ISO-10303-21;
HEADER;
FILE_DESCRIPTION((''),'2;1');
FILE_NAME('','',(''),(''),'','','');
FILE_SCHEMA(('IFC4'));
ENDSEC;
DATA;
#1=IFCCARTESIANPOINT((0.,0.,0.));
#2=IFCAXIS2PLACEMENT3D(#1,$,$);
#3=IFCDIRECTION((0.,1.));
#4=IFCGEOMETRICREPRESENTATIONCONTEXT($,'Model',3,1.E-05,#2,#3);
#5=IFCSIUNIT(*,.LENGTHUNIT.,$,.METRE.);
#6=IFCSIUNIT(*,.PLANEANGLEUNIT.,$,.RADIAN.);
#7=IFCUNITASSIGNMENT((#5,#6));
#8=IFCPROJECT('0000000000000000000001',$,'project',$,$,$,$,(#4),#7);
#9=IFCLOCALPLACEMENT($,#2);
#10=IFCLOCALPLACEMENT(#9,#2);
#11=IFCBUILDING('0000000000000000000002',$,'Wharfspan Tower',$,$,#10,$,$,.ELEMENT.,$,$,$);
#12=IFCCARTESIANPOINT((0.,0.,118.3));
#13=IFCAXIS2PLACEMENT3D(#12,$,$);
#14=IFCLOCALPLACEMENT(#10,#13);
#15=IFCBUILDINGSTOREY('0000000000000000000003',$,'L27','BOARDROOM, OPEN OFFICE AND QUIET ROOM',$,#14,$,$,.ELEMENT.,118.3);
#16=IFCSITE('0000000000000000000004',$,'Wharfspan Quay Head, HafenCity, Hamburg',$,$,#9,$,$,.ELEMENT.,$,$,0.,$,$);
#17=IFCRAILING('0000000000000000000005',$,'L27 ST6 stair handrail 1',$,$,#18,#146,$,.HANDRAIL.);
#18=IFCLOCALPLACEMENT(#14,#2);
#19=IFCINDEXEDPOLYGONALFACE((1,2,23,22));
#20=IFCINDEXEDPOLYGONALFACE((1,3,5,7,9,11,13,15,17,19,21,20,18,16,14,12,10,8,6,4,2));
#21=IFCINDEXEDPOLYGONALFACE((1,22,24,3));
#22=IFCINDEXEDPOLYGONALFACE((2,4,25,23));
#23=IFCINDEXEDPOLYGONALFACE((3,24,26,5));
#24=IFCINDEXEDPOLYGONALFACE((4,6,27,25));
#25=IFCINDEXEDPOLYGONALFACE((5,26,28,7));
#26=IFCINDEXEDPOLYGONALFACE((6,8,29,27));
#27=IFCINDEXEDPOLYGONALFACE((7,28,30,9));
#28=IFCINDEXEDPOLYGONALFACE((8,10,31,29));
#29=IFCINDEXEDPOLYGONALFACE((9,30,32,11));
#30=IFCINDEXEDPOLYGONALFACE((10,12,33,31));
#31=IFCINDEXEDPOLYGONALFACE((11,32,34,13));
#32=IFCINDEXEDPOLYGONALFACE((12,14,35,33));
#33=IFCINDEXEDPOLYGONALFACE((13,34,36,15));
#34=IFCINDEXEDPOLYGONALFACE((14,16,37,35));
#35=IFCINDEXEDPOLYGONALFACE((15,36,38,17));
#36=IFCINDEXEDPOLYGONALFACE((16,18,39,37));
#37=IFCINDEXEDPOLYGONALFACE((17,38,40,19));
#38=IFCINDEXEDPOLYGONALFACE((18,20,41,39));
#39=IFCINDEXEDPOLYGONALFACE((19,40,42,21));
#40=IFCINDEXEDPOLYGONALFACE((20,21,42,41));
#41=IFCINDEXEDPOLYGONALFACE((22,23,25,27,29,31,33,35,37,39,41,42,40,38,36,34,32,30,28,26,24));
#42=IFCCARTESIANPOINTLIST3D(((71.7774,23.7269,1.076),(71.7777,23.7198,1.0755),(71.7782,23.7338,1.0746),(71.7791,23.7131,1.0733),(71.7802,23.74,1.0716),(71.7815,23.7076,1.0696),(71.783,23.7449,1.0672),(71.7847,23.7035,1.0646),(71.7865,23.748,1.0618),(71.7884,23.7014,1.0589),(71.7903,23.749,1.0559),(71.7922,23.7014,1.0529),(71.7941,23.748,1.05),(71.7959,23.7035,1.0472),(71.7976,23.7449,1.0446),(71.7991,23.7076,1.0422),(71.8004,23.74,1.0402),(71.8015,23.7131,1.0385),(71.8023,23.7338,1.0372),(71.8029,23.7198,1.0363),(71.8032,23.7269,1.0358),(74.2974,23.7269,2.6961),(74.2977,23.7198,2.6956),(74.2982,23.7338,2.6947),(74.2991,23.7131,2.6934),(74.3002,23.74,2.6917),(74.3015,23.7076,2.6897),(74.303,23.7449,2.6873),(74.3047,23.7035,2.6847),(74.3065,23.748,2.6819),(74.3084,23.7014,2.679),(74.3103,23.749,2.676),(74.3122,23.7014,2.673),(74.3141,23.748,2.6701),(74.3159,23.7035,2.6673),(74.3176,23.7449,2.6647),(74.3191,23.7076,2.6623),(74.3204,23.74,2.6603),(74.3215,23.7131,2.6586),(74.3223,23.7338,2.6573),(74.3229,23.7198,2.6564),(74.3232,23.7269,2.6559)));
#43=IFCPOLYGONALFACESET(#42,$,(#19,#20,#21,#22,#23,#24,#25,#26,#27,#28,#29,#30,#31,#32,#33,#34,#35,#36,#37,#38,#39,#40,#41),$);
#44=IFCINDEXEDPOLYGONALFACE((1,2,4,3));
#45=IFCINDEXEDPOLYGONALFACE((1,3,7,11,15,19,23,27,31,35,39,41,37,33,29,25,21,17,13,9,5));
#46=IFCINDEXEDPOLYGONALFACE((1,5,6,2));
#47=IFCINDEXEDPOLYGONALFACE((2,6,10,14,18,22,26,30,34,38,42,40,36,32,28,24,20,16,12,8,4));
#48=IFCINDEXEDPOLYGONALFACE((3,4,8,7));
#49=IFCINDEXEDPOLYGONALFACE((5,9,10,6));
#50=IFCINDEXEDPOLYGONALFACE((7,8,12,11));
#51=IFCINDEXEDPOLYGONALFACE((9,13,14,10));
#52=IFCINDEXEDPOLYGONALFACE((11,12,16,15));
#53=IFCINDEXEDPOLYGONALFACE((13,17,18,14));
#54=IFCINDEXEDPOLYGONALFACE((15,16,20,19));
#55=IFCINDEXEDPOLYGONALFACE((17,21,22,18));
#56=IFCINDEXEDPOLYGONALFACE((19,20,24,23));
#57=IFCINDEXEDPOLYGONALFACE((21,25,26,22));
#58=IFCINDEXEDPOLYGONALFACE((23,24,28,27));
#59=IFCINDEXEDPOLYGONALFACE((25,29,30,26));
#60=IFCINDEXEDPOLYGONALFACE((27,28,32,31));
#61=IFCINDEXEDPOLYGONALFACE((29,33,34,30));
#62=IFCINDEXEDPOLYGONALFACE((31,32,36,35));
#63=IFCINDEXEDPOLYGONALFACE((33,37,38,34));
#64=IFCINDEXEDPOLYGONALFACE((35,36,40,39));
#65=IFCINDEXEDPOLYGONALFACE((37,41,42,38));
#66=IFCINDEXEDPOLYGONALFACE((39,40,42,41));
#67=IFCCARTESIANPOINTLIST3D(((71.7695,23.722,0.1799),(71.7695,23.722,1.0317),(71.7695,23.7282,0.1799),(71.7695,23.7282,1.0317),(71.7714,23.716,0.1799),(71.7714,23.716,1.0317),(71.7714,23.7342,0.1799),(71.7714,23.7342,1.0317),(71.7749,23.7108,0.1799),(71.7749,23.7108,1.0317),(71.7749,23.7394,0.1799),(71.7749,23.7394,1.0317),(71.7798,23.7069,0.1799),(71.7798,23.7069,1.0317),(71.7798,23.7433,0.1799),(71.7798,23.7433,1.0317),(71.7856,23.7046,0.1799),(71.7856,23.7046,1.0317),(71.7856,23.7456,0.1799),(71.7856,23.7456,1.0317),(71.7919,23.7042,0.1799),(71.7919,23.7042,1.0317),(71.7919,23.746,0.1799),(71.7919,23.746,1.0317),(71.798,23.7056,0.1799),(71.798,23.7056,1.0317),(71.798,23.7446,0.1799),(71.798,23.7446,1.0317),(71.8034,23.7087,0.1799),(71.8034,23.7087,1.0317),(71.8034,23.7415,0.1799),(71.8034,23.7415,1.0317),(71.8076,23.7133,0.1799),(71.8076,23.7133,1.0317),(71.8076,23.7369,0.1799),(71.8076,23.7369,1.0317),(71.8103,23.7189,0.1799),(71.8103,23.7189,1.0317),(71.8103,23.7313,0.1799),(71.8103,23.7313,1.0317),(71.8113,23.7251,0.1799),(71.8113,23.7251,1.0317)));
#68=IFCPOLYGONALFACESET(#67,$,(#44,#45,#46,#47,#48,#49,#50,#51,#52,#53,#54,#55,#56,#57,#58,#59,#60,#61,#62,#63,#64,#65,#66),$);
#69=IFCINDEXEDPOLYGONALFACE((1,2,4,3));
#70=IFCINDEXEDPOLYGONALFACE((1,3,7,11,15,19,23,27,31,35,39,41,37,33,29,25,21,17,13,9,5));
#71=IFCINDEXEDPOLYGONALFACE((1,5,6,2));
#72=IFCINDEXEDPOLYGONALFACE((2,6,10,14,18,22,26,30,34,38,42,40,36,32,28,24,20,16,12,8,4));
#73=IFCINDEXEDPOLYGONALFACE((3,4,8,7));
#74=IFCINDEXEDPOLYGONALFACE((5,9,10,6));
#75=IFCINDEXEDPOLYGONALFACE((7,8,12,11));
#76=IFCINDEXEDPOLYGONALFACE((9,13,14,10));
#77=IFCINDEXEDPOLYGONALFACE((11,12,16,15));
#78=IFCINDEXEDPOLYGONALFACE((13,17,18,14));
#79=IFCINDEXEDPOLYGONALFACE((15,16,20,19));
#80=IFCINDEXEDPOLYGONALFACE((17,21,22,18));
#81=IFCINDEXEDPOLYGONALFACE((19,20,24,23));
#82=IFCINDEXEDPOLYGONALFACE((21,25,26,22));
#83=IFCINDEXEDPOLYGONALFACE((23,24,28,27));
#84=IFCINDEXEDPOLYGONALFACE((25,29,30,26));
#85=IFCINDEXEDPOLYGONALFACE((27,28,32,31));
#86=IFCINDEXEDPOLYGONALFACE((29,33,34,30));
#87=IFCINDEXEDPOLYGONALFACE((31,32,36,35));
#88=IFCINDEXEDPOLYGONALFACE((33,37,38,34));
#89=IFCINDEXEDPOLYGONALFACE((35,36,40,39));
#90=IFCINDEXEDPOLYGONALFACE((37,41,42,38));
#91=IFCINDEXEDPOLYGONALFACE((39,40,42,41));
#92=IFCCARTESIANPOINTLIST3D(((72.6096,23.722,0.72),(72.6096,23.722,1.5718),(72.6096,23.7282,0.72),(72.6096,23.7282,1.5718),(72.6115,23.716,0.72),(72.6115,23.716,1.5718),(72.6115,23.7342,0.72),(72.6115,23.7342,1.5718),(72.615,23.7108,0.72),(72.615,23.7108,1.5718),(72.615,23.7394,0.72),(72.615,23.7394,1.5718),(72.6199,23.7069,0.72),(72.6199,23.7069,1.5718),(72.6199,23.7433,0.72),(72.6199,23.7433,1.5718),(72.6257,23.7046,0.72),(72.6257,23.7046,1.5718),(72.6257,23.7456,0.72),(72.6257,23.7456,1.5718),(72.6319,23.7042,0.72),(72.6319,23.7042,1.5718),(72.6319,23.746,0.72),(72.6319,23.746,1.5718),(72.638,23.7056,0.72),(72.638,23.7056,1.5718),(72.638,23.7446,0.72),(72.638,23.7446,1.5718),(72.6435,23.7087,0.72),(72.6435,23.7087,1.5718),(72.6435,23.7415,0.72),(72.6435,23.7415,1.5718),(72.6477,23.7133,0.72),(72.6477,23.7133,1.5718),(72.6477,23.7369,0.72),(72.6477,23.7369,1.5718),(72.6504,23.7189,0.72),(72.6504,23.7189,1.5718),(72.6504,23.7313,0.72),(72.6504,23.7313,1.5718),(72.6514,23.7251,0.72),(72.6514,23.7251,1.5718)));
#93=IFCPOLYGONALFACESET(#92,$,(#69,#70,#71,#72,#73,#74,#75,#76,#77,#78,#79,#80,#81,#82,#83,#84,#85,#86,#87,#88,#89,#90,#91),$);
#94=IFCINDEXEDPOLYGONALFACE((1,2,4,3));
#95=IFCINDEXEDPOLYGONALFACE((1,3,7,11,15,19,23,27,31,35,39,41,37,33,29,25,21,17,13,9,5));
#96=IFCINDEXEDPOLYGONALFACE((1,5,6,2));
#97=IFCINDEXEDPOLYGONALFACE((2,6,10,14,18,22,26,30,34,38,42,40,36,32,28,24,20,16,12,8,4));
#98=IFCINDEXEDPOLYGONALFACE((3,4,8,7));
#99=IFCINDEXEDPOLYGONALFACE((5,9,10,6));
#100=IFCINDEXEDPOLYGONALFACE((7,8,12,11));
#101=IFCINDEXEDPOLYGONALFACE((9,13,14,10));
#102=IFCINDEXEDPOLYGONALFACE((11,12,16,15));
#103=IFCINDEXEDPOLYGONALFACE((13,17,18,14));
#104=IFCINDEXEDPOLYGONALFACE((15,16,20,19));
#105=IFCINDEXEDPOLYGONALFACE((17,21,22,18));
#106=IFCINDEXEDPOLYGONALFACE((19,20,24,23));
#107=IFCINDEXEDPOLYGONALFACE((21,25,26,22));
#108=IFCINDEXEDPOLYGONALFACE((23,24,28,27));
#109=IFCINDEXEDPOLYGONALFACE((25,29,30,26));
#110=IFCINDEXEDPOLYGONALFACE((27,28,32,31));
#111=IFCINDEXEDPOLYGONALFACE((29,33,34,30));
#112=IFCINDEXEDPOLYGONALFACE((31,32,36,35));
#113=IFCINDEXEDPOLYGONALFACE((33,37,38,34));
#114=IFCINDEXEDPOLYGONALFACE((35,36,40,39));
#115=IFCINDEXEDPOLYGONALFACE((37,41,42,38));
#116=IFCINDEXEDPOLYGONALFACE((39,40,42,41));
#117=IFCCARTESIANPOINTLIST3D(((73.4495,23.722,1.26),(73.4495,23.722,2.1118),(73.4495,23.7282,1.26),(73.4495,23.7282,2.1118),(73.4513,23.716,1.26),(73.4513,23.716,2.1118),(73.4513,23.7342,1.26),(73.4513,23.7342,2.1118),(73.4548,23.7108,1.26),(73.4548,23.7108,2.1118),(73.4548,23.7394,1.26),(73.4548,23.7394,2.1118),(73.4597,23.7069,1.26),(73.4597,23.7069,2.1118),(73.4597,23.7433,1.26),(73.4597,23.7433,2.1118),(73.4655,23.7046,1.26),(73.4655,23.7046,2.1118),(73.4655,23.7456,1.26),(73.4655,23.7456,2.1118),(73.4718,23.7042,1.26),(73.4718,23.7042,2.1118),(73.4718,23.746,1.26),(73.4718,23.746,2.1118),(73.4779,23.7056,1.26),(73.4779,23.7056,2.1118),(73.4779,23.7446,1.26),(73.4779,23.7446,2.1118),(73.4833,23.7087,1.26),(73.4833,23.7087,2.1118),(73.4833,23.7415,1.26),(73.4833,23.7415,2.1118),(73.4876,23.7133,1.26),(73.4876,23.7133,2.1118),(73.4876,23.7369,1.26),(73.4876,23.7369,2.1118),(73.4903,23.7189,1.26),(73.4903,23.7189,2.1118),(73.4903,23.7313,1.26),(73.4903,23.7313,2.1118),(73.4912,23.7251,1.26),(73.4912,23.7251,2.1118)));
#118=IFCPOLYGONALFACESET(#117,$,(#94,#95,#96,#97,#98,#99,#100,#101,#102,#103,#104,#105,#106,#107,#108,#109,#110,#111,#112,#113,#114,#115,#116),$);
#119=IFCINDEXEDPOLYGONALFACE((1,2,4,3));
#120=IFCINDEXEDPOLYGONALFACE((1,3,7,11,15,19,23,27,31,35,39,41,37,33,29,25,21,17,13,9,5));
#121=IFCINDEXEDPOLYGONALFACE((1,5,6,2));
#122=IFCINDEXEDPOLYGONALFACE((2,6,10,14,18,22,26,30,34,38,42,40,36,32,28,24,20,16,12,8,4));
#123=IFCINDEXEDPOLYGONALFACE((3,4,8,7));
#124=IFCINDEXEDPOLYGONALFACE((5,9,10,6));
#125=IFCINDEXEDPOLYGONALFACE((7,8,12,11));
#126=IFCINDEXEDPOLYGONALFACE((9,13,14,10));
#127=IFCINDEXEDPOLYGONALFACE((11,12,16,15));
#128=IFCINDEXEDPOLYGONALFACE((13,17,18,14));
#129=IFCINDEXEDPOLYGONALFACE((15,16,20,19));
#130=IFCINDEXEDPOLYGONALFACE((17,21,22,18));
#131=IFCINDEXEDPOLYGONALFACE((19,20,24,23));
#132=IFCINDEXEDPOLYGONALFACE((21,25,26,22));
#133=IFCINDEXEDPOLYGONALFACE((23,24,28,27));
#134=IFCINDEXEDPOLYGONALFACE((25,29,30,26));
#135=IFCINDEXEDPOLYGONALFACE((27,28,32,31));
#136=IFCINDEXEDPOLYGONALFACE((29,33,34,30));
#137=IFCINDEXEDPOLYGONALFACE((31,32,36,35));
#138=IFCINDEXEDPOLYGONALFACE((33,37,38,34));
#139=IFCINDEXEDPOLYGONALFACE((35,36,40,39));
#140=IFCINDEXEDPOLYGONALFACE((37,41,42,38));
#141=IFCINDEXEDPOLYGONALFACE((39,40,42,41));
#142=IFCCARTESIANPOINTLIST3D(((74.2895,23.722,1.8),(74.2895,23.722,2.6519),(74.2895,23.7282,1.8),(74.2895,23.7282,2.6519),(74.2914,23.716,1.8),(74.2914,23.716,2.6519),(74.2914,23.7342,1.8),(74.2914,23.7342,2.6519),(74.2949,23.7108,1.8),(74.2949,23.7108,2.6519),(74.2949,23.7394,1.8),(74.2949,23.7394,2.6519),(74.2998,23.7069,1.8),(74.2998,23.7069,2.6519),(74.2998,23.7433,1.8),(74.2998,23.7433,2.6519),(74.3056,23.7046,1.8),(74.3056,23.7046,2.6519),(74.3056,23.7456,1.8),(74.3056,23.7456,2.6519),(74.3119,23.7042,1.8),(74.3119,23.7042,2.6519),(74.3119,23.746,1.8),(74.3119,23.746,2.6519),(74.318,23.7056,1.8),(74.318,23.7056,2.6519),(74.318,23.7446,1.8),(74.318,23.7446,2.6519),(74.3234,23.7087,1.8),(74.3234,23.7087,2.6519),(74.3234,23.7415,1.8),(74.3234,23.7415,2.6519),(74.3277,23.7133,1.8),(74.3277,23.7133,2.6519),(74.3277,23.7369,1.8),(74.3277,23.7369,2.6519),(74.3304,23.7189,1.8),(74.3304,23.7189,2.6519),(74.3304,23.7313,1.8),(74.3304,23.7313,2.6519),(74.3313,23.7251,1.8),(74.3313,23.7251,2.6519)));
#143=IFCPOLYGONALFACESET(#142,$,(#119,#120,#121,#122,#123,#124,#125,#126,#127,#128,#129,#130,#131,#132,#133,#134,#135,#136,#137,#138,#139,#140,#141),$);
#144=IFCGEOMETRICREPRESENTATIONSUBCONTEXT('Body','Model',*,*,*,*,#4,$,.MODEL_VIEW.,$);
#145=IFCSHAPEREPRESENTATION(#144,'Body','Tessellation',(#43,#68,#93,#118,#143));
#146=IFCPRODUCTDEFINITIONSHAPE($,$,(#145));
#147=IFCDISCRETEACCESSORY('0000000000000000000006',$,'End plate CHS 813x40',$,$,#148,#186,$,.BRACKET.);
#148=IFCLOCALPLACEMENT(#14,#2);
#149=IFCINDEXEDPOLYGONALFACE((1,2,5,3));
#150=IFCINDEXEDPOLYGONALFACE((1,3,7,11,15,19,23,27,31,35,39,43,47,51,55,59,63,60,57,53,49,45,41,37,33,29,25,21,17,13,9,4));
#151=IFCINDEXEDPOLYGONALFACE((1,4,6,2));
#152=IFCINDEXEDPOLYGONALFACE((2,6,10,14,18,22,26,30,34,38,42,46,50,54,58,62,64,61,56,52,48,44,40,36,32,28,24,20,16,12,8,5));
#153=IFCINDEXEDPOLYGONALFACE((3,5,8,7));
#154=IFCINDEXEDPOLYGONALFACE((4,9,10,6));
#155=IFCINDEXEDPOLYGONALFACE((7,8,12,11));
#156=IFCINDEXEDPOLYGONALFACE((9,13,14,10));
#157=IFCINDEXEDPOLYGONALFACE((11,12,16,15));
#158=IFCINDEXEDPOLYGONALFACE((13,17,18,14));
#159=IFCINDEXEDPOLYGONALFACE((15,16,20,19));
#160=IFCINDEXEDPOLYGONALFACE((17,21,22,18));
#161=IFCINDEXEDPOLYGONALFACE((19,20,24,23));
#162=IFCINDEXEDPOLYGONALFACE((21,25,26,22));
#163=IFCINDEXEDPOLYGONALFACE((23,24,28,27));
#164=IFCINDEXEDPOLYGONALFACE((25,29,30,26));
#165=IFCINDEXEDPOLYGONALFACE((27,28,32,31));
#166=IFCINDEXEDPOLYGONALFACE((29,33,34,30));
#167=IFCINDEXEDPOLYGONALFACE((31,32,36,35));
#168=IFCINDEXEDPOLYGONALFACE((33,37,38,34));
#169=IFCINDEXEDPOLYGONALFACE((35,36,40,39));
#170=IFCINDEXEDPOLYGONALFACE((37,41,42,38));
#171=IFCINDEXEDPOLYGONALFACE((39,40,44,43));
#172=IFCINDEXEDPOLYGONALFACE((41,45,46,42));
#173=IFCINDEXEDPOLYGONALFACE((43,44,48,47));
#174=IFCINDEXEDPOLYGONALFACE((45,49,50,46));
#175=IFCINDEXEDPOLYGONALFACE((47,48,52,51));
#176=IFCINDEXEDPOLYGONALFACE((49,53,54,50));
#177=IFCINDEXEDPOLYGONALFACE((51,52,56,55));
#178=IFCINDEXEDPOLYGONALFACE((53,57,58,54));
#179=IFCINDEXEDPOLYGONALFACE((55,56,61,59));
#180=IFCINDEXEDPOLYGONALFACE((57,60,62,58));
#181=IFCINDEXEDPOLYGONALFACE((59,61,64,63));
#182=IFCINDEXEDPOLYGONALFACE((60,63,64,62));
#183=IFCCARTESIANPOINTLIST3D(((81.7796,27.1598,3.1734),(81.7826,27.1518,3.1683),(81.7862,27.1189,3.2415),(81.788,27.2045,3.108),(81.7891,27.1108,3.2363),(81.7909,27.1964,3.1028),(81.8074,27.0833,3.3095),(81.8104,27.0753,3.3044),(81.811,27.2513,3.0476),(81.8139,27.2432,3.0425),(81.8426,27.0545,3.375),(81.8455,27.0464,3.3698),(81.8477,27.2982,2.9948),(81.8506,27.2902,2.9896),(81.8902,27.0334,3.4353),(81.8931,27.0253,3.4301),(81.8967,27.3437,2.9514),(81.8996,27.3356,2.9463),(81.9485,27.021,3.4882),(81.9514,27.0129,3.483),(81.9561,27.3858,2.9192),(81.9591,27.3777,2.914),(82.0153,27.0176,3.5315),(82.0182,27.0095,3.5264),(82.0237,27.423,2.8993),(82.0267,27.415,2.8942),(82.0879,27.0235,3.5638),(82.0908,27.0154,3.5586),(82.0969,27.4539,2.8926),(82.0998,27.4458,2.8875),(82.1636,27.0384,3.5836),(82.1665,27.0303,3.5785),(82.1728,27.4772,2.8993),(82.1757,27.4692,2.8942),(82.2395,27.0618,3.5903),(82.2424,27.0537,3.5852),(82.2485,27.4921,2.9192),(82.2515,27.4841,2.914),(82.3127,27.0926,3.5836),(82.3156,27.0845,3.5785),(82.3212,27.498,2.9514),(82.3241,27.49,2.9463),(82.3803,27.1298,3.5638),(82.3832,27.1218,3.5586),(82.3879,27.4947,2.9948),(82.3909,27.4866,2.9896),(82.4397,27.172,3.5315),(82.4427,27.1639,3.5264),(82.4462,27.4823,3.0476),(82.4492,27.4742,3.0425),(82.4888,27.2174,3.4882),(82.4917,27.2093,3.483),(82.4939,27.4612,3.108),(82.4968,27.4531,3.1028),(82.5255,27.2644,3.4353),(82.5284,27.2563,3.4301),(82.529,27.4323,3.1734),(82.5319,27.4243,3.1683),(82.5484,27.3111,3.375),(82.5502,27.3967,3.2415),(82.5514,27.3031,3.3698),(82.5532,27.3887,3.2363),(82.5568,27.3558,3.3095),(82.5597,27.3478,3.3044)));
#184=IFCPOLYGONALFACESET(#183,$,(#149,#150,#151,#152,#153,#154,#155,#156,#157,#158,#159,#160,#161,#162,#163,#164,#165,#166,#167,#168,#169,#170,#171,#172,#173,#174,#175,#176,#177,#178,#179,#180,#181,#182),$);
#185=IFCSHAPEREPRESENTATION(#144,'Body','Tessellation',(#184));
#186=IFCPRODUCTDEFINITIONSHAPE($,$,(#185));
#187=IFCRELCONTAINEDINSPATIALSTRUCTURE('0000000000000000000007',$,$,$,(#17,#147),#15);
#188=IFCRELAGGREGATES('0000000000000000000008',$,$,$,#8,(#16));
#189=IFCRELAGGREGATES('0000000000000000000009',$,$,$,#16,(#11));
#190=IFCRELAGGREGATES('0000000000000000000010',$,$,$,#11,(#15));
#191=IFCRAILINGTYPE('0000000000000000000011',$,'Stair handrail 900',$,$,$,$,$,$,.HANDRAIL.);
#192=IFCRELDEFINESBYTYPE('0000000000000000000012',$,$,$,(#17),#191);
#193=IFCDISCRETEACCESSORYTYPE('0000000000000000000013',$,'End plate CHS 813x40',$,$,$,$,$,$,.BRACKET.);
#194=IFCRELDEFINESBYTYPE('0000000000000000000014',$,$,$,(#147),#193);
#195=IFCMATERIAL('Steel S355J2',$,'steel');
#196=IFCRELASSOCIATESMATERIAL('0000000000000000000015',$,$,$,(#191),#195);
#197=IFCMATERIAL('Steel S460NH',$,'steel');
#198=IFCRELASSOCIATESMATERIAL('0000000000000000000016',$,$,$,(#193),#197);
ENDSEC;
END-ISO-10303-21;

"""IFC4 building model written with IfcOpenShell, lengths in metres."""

from ifc_helpers import new_model, si_unit, direction, frame, origin, origin_2d, place, context, subcontext, project, spatial, circle, extrude, material, material_profile, profile_set, type_object, element, save


model = new_model("IFC4")

# Units and contexts
model_context = context("Model", 3, precision=1e-05, world=origin(), true_north=direction((0.0, 1.0)))
body_context = subcontext(model_context, "Body", "Model", "MODEL_VIEW")
ifc_project = project(units=[si_unit("LENGTHUNIT", "METRE"), si_unit("PLANEANGLEUNIT", "RADIAN")], contexts=[model_context])

# Site, building, storey
site_placement = place(None, origin())
site = spatial("IfcSite", under=ifc_project, at=site_placement, Name="Wharfspan Quay Head, HafenCity, Hamburg", CompositionType="ELEMENT", RefElevation=0.0)
building_placement = place(site_placement, origin())
building = spatial("IfcBuilding", under=site, at=building_placement, Name="Wharfspan Tower", CompositionType="ELEMENT")
storey_placement = place(building_placement, frame((0.0, 0.0, 118.3)))
storey = spatial("IfcBuildingStorey", under=building, at=storey_placement, Name="L27", Description="BOARDROOM, OPEN OFFICE AND QUIET ROOM", CompositionType="ELEMENT", Elevation=118.3)

# Shared definitions
ifc_material_1 = material(Name="Steel S355J2", Category="steel")

# Shared definitions
ifc_material_2 = material(Name="Steel S460NH", Category="steel")

# Railing
railing_type_1 = type_object("IfcRailingType", Name="Stair handrail 900", PredefinedType="HANDRAIL", material=ifc_material_1)
railing_1_placement = place(storey_placement, frame((71.7903, 23.7251, 0.1799)))
element("IfcRailing", 1, at=railing_1_placement, inside=storey, type_object=railing_type_1, Name="L27 ST6 stair handrail 1", PredefinedType="HANDRAIL", context=body_context, shape_type="SweptSolid", body=[
    extrude(circle(Radius=0.0239, at=origin_2d()), frame((0.0, 0.0, 0.876), z_axis=(0.841163, 0.0, 0.540782), x_axis=(0.0, 1.0, 0.0)), (0.0, 0.0, 1.0), 2.9958),
    extrude(circle(Radius=0.021, at=origin_2d()), origin(), (0.0, 0.0, 1.0), 0.8518),
    extrude(circle(Radius=0.021, at=origin_2d()), frame((0.8401, 0.0, 0.54)), (0.0, 0.0, 1.0), 0.8518),
    extrude(circle(Radius=0.021, at=origin_2d()), frame((1.6799, 0.0, 1.0801)), (0.0, 0.0, 1.0), 0.8518),
    extrude(circle(Radius=0.021, at=origin_2d()), frame((2.52, 0.0, 1.6201)), (0.0, 0.0, 1.0), 0.8518),
])

# Discrete accessory
ifc_material_profile_1 = material_profile(ifc_material_2, circle(Radius=0.4065, at=origin_2d()))
ifc_profile_set_1 = profile_set([ifc_material_profile_1], Name="Steel S460NH")
discrete_accessory_type = type_object("IfcDiscreteAccessoryType", Name="End plate CHS 813x40", PredefinedType="BRACKET", material=ifc_profile_set_1)
discrete_accessory_1_placement = place(storey_placement, frame((82.1711, 27.2498, 3.2363), z_axis=(-0.293294, 0.806559, 0.513265), x_axis=(-0.939791, -0.341742, 0.0)))
element("IfcDiscreteAccessory", 2, at=discrete_accessory_1_placement, inside=storey, type_object=discrete_accessory_type, Name="End plate CHS 813x40", PredefinedType="BRACKET", context=body_context, shape_type="SweptSolid", body=[
    extrude(circle(Radius=0.4065, at=origin_2d()), origin(), (0.0, 0.0, 1.0), 0.01),
])

save(model, "model.ifc")
